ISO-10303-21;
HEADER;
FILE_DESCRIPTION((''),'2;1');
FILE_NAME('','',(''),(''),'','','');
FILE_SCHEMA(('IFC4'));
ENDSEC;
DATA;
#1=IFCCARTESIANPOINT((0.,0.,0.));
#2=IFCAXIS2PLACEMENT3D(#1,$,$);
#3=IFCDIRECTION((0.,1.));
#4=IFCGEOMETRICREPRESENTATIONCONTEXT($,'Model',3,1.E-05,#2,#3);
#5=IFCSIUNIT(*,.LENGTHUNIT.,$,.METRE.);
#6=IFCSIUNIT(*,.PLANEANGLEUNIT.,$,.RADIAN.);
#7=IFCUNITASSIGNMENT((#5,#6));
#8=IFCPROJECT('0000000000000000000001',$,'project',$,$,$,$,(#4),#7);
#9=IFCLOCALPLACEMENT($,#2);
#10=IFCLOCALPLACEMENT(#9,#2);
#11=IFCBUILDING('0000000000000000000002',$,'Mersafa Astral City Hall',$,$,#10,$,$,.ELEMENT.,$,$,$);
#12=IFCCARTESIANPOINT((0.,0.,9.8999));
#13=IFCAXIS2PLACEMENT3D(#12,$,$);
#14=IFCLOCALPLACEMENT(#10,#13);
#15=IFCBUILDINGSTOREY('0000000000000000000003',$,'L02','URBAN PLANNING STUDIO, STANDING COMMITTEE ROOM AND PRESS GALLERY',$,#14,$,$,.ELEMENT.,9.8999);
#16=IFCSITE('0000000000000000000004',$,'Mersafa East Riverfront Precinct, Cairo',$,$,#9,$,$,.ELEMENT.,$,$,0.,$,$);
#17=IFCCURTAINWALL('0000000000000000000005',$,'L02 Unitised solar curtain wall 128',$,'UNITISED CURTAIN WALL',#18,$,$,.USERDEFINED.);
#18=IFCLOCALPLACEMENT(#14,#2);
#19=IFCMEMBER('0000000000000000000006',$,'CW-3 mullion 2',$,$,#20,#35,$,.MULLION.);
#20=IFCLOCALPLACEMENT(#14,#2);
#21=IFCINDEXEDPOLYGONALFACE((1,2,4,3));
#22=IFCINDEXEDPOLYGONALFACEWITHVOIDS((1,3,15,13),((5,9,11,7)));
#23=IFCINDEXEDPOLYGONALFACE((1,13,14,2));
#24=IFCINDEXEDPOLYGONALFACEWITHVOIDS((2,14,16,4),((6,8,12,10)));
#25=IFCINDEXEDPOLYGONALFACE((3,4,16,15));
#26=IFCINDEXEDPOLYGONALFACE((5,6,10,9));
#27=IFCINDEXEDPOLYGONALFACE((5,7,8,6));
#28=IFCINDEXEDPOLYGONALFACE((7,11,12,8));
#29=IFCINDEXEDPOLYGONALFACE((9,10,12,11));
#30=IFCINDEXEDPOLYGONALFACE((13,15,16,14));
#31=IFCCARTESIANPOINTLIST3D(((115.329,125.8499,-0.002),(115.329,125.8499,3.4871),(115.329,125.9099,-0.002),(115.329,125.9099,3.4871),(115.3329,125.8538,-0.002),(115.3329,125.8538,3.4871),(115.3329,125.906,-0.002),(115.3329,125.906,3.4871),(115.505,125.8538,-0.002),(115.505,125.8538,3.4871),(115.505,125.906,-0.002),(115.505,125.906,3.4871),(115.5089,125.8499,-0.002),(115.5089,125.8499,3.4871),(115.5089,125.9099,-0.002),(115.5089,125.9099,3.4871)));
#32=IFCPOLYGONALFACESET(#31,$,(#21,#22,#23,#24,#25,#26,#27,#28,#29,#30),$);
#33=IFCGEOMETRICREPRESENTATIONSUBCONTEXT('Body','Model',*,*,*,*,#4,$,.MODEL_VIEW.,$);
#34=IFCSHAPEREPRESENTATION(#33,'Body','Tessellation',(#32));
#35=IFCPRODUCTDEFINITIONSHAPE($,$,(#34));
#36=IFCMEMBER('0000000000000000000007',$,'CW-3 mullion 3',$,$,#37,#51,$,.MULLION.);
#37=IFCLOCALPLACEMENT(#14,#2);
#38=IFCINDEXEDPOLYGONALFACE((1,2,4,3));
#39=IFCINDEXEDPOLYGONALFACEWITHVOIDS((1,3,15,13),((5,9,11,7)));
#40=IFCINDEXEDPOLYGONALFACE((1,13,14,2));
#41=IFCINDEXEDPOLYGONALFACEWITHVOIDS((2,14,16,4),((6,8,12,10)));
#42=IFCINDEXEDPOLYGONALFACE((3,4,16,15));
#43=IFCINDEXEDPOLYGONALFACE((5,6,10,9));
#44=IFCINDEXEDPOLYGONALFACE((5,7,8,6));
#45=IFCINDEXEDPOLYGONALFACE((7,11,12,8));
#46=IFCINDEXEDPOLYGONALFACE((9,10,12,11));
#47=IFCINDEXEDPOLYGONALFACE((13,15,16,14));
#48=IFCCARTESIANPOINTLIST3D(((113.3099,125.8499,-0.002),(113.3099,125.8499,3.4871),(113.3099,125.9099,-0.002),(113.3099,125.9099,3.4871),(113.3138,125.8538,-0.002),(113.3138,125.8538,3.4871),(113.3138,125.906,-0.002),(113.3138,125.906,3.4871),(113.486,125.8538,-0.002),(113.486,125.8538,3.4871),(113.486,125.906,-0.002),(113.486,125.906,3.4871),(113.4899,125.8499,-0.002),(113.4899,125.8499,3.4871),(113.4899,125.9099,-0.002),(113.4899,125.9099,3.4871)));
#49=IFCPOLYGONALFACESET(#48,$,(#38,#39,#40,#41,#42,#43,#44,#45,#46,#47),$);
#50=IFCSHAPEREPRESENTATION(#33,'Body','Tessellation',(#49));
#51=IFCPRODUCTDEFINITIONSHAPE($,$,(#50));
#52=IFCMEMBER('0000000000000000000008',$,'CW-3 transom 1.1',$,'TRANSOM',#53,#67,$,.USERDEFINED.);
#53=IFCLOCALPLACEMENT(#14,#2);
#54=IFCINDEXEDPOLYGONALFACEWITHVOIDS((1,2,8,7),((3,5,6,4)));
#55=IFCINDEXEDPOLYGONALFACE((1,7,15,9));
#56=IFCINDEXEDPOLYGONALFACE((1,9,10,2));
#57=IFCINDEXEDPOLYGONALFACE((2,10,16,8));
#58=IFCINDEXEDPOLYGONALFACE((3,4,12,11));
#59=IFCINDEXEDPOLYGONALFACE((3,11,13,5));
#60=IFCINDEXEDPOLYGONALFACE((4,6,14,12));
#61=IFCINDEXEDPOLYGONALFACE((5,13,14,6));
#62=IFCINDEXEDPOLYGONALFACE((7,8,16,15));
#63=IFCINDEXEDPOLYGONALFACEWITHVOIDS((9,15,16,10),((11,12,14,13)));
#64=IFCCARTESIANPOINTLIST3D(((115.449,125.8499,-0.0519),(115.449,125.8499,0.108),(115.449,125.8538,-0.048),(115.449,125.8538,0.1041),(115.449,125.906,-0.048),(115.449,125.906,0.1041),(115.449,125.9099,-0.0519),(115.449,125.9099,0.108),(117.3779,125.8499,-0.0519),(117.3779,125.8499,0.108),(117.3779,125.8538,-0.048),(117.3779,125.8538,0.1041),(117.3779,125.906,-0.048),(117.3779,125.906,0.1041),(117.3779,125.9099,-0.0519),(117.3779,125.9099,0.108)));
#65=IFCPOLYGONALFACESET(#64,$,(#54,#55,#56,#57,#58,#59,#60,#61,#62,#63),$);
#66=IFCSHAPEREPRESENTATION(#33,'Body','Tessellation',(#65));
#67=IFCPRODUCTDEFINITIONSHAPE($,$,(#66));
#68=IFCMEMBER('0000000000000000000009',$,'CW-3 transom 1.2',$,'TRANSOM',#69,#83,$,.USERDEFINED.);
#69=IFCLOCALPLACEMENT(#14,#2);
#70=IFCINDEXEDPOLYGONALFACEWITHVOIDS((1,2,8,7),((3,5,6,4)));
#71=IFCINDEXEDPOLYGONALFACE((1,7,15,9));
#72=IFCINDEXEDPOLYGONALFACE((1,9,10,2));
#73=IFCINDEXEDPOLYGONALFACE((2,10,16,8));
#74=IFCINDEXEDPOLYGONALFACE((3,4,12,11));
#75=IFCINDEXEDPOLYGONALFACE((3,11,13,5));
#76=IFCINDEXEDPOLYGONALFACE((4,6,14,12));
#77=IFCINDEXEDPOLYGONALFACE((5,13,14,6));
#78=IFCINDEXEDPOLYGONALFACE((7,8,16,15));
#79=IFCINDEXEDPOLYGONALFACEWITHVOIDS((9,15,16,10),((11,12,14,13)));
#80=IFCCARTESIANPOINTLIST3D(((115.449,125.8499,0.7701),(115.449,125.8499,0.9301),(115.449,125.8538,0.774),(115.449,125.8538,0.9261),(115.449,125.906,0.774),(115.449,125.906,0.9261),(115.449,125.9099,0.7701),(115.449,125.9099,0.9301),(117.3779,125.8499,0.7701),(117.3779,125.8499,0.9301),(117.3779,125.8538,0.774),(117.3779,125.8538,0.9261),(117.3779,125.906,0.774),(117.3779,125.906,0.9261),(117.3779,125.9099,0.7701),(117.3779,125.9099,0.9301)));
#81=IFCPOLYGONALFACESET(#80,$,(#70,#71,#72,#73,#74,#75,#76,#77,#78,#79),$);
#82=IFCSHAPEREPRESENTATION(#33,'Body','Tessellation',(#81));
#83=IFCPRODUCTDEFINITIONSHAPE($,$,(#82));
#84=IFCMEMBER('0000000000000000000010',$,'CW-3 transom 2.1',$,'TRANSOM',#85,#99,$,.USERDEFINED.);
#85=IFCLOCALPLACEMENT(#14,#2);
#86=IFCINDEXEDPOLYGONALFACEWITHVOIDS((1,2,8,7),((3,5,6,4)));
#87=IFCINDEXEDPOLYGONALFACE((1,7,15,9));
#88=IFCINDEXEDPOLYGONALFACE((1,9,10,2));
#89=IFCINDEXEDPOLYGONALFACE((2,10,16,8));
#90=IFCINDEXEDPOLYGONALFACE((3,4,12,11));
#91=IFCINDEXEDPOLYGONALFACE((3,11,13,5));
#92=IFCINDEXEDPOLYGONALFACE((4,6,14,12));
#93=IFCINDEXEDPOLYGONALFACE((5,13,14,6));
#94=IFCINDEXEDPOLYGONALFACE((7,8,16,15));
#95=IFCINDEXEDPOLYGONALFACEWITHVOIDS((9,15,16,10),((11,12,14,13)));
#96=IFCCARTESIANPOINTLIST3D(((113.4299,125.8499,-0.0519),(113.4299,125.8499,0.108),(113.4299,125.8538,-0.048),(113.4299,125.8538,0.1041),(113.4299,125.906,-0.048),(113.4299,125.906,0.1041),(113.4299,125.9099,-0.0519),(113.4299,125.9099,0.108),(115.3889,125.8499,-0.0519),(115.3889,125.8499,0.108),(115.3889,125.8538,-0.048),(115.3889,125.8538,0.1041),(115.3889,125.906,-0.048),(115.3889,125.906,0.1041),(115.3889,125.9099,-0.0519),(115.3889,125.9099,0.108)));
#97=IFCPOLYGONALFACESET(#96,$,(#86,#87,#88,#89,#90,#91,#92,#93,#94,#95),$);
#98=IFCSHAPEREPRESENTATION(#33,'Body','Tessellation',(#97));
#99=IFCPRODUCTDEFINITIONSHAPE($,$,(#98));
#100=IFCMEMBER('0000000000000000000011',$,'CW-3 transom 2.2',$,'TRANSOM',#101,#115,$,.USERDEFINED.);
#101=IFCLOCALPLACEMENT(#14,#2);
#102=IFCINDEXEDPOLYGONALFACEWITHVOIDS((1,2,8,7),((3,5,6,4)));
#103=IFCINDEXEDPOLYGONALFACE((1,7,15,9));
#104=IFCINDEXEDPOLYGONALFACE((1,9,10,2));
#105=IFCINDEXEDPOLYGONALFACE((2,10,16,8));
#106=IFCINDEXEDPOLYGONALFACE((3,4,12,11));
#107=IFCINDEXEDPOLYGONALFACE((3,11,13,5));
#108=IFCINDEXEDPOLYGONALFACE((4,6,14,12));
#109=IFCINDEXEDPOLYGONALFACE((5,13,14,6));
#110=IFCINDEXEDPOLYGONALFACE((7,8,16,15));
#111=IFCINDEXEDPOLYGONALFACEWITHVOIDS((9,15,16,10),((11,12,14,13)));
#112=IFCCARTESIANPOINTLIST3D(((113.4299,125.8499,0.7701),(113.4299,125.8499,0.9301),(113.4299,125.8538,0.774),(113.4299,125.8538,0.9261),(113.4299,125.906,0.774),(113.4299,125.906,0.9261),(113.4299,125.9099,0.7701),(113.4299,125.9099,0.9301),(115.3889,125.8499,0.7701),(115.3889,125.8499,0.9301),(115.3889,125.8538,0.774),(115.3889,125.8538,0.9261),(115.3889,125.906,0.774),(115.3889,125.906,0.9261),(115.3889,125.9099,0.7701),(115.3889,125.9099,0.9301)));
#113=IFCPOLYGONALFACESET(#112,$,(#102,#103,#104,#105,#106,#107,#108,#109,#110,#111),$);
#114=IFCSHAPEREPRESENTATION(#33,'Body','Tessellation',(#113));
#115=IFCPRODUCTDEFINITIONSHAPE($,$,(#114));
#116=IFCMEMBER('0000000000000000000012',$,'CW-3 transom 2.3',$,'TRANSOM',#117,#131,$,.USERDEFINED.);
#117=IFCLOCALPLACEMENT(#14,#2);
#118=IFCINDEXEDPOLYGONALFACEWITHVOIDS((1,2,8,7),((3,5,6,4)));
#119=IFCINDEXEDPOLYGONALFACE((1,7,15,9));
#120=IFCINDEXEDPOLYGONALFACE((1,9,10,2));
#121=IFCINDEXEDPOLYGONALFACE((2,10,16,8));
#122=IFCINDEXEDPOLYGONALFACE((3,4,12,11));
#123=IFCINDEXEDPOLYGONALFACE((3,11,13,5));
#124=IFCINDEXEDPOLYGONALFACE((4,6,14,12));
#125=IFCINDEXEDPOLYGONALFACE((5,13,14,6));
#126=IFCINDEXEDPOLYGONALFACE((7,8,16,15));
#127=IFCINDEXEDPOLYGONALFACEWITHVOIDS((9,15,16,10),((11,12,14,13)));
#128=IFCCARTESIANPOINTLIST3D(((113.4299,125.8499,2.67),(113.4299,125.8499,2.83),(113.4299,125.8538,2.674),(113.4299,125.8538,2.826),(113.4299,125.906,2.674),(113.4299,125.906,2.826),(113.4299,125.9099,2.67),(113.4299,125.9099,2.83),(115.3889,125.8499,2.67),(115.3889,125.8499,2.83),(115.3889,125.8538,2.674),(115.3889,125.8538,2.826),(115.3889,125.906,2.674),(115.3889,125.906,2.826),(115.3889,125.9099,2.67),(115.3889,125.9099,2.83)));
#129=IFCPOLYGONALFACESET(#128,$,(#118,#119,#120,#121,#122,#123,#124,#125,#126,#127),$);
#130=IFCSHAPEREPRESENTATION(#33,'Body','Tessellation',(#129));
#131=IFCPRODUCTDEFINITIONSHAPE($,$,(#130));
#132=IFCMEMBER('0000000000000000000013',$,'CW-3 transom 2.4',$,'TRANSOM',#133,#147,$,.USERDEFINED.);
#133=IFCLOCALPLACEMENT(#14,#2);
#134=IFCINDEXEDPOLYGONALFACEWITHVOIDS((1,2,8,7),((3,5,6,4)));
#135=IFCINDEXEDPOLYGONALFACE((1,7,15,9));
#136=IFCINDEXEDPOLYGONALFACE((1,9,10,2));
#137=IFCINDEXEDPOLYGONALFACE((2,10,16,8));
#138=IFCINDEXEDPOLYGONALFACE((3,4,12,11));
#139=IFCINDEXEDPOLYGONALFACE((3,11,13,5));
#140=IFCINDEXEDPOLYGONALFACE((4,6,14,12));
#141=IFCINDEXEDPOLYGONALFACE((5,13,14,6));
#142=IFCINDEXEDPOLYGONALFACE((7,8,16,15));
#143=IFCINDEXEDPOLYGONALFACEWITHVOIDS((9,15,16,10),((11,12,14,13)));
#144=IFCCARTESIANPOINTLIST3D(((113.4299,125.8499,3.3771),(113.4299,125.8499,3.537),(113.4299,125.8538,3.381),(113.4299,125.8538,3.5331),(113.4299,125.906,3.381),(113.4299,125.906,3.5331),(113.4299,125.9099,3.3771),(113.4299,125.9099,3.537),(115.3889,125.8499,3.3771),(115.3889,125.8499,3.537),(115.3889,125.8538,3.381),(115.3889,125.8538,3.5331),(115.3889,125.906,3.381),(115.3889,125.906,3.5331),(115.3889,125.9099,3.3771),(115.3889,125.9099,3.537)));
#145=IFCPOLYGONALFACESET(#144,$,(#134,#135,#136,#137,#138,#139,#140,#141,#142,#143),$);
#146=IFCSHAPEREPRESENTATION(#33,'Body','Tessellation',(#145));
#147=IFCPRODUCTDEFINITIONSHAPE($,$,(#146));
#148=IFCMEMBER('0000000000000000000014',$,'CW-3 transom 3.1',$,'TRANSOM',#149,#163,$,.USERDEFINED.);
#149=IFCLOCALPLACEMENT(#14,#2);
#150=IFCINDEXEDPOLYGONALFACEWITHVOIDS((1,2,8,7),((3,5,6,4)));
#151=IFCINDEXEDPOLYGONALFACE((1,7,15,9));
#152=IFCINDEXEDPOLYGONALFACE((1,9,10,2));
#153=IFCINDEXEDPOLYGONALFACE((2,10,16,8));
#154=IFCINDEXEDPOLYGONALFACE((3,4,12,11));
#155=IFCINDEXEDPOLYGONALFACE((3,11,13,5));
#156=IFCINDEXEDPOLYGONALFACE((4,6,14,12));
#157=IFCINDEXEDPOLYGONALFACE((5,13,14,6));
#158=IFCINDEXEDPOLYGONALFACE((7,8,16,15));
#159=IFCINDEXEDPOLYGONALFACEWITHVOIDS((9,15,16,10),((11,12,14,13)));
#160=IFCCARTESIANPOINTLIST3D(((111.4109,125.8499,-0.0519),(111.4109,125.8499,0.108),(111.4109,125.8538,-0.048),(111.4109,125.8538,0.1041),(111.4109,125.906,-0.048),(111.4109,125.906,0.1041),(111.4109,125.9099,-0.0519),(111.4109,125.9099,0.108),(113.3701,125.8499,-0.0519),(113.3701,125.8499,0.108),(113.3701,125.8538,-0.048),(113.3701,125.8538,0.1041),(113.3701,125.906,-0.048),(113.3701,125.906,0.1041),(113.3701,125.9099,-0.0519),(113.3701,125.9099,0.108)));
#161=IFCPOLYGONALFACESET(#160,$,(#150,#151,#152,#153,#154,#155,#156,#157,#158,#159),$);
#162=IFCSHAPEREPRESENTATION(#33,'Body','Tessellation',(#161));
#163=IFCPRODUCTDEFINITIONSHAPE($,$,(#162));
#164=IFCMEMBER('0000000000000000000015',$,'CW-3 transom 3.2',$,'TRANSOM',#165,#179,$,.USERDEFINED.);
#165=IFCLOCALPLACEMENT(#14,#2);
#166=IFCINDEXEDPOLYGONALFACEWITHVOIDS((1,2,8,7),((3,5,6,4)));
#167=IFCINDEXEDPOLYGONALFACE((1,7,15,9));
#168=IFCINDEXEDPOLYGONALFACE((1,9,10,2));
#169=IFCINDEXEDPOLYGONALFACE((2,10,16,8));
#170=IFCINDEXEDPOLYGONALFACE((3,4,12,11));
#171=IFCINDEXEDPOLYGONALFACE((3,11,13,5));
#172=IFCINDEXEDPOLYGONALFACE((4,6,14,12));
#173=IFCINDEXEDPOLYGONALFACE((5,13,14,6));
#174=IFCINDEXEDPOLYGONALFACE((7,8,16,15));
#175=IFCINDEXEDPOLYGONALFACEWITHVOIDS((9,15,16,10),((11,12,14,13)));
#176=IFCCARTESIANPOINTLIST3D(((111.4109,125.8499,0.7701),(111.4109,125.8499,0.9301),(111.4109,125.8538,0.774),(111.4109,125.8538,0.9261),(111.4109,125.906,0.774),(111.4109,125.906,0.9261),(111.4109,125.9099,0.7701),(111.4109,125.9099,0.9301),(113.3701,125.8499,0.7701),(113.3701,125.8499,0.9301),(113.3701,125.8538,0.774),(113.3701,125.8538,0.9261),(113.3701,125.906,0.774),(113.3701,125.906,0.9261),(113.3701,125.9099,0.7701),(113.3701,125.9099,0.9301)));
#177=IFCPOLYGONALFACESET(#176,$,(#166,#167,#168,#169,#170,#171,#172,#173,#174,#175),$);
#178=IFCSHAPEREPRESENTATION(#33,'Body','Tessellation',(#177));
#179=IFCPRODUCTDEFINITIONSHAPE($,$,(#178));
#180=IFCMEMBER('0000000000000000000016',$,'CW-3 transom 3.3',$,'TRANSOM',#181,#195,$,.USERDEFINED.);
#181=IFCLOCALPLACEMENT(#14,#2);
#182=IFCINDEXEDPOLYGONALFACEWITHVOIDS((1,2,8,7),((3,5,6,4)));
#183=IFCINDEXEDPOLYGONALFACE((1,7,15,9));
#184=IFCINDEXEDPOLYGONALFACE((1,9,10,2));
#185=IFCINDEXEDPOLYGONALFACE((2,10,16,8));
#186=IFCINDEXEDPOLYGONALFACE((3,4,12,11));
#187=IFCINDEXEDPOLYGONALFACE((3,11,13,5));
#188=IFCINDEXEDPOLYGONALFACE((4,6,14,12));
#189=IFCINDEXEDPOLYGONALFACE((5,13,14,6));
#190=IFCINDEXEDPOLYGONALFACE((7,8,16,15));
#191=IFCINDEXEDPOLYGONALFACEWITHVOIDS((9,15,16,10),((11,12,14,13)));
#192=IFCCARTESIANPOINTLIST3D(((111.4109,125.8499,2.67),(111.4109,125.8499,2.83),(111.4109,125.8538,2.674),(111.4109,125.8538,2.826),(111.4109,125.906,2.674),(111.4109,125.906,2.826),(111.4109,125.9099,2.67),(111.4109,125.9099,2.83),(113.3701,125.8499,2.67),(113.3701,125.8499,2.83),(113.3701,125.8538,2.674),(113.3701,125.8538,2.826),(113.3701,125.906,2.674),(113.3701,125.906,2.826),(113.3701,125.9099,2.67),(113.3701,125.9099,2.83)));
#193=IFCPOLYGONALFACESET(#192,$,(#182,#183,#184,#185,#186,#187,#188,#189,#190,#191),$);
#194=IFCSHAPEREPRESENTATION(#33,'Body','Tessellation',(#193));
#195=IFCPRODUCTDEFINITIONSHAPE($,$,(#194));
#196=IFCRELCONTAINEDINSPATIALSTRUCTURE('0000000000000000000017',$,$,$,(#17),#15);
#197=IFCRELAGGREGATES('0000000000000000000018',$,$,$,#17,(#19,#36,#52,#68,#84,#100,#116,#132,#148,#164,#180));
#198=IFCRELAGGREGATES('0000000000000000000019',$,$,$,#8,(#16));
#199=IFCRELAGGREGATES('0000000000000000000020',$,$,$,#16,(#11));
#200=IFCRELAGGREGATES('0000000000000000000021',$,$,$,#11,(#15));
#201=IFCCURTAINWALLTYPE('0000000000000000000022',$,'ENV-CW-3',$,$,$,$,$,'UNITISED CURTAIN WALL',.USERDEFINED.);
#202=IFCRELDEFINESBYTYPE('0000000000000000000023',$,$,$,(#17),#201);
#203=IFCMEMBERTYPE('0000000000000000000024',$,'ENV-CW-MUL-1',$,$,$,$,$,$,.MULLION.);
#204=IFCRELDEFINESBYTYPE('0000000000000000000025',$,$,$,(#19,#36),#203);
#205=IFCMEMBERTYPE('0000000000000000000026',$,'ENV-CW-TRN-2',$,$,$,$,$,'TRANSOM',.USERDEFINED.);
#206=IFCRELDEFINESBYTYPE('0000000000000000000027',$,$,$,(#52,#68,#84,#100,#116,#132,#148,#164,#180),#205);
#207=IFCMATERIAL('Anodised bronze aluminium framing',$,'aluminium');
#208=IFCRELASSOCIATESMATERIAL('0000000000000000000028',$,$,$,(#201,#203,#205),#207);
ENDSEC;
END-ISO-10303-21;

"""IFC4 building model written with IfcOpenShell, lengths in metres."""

from ifc_helpers import new_model, si_unit, direction, frame, origin, origin_2d, place, context, subcontext, project, spatial, hollow_rectangle, extrude, material, material_profile, profile_set, type_object, element, aggregate, save


model = new_model("IFC4")

# Units and contexts
model_context = context("Model", 3, precision=1e-05, world=origin(), true_north=direction((0.0, 1.0)))
body_context = subcontext(model_context, "Body", "Model", "MODEL_VIEW")
ifc_project = project(units=[si_unit("LENGTHUNIT", "METRE"), si_unit("PLANEANGLEUNIT", "RADIAN")], contexts=[model_context])

# Site, building, storey
site_placement = place(None, origin())
site = spatial("IfcSite", under=ifc_project, at=site_placement, Name="Mersafa East Riverfront Precinct, Cairo", CompositionType="ELEMENT", RefElevation=0.0)
building_placement = place(site_placement, origin())
building = spatial("IfcBuilding", under=site, at=building_placement, Name="Mersafa Astral City Hall", CompositionType="ELEMENT")
storey_placement = place(building_placement, frame((0.0, 0.0, 9.8999)))
storey = spatial("IfcBuildingStorey", under=building, at=storey_placement, Name="L02", Description="URBAN PLANNING STUDIO, STANDING COMMITTEE ROOM AND PRESS GALLERY", CompositionType="ELEMENT", Elevation=9.8999)

# Curtain wall, members
ifc_material_1 = material(Name="Anodised bronze aluminium framing", Category="aluminium")
curtain_wall_type = type_object("IfcCurtainWallType", Name="ENV-CW-3", ElementType="UNITISED CURTAIN WALL", PredefinedType="USERDEFINED", material=ifc_material_1)
curtain_wall_placement = place(storey_placement, origin())
curtain_wall = element("IfcCurtainWall", 1, at=curtain_wall_placement, inside=storey, type_object=curtain_wall_type, Name="L02 Unitised solar curtain wall 128", ObjectType="UNITISED CURTAIN WALL", PredefinedType="USERDEFINED")
ifc_material_profile_1 = material_profile(ifc_material_1, hollow_rectangle(XDim=0.0601, YDim=0.1799, WallThickness=0.0039, at=origin_2d()), Name="RHS 60x180x4")
ifc_profile_set_1 = profile_set([ifc_material_profile_1], Name="Anodised bronze aluminium framing")
member_type_1 = type_object("IfcMemberType", Name="ENV-CW-MUL-1", PredefinedType="MULLION", material=ifc_profile_set_1)
member_1_placement = place(storey_placement, frame((115.4189, 125.8799, -0.002), z_axis=(0.0, 0.0, 1.0), x_axis=(0.0, -1.0, 0.0)))
member_1 = element("IfcMember", 2, at=member_1_placement, type_object=member_type_1, Name="CW-3 mullion 2", PredefinedType="MULLION", context=body_context, shape_type="SweptSolid", body=[
    extrude(hollow_rectangle(XDim=0.0601, YDim=0.1799, WallThickness=0.0039, at=origin_2d()), origin(), (0.0, 0.0, 1.0), 3.489),
])
member_2_placement = place(storey_placement, frame((113.3999, 125.8799, -0.002), z_axis=(0.0, 0.0, 1.0), x_axis=(0.0, -1.0, 0.0)))
member_2 = element("IfcMember", 3, at=member_2_placement, type_object=member_type_1, Name="CW-3 mullion 3", PredefinedType="MULLION", context=body_context, shape_type="SweptSolid", body=[
    extrude(hollow_rectangle(XDim=0.0601, YDim=0.1799, WallThickness=0.0039, at=origin_2d()), origin(), (0.0, 0.0, 1.0), 3.489),
])
ifc_material_profile_2 = material_profile(ifc_material_1, hollow_rectangle(XDim=0.0601, YDim=0.1599, WallThickness=0.0039, at=origin_2d()), Name="RHS 60x160x4")
ifc_profile_set_2 = profile_set([ifc_material_profile_2], Name="Anodised bronze aluminium framing")
member_type_2 = type_object("IfcMemberType", Name="ENV-CW-TRN-2", ElementType="TRANSOM", PredefinedType="USERDEFINED", material=ifc_profile_set_2)
member_3_placement = place(storey_placement, frame((117.3779, 125.8799, 0.0281), z_axis=(-1.0, 0.0, 0.0), x_axis=(0.0, -1.0, 0.0)))
member_3 = element("IfcMember", 4, at=member_3_placement, type_object=member_type_2, Name="CW-3 transom 1.1", ObjectType="TRANSOM", PredefinedType="USERDEFINED", context=body_context, shape_type="SweptSolid", body=[
    extrude(hollow_rectangle(XDim=0.0601, YDim=0.1599, WallThickness=0.0039, at=origin_2d()), origin(), (0.0, 0.0, 1.0), 1.929),
])
member_4_placement = place(storey_placement, frame((117.3779, 125.8799, 0.8501), z_axis=(-1.0, 0.0, 0.0), x_axis=(0.0, -1.0, 0.0)))
member_4 = element("IfcMember", 5, at=member_4_placement, type_object=member_type_2, Name="CW-3 transom 1.2", ObjectType="TRANSOM", PredefinedType="USERDEFINED", context=body_context, shape_type="SweptSolid", body=[
    extrude(hollow_rectangle(XDim=0.0601, YDim=0.1599, WallThickness=0.0039, at=origin_2d()), origin(), (0.0, 0.0, 1.0), 1.929),
])
member_5_placement = place(storey_placement, frame((115.3889, 125.8799, 0.0281), z_axis=(-1.0, 0.0, 0.0), x_axis=(0.0, -1.0, 0.0)))
member_5 = element("IfcMember", 6, at=member_5_placement, type_object=member_type_2, Name="CW-3 transom 2.1", ObjectType="TRANSOM", PredefinedType="USERDEFINED", context=body_context, shape_type="SweptSolid", body=[
    extrude(hollow_rectangle(XDim=0.0601, YDim=0.1599, WallThickness=0.0039, at=origin_2d()), origin(), (0.0, 0.0, 1.0), 1.959),
])
member_6_placement = place(storey_placement, frame((115.3889, 125.8799, 0.8501), z_axis=(-1.0, 0.0, 0.0), x_axis=(0.0, -1.0, 0.0)))
member_6 = element("IfcMember", 7, at=member_6_placement, type_object=member_type_2, Name="CW-3 transom 2.2", ObjectType="TRANSOM", PredefinedType="USERDEFINED", context=body_context, shape_type="SweptSolid", body=[
    extrude(hollow_rectangle(XDim=0.0601, YDim=0.1599, WallThickness=0.0039, at=origin_2d()), origin(), (0.0, 0.0, 1.0), 1.959),
])
member_7_placement = place(storey_placement, frame((115.3889, 125.8799, 2.75), z_axis=(-1.0, 0.0, 0.0), x_axis=(0.0, -1.0, 0.0)))
member_7 = element("IfcMember", 8, at=member_7_placement, type_object=member_type_2, Name="CW-3 transom 2.3", ObjectType="TRANSOM", PredefinedType="USERDEFINED", context=body_context, shape_type="SweptSolid", body=[
    extrude(hollow_rectangle(XDim=0.0601, YDim=0.1599, WallThickness=0.0039, at=origin_2d()), origin(), (0.0, 0.0, 1.0), 1.959),
])
member_8_placement = place(storey_placement, frame((115.3889, 125.8799, 3.457), z_axis=(-1.0, 0.0, 0.0), x_axis=(0.0, -1.0, 0.0)))
member_8 = element("IfcMember", 9, at=member_8_placement, type_object=member_type_2, Name="CW-3 transom 2.4", ObjectType="TRANSOM", PredefinedType="USERDEFINED", context=body_context, shape_type="SweptSolid", body=[
    extrude(hollow_rectangle(XDim=0.0601, YDim=0.1599, WallThickness=0.0039, at=origin_2d()), origin(), (0.0, 0.0, 1.0), 1.959),
])
member_9_placement = place(storey_placement, frame((113.3701, 125.8799, 0.0281), z_axis=(-1.0, 0.0, 0.0), x_axis=(0.0, -1.0, 0.0)))
member_9 = element("IfcMember", 10, at=member_9_placement, type_object=member_type_2, Name="CW-3 transom 3.1", ObjectType="TRANSOM", PredefinedType="USERDEFINED", context=body_context, shape_type="SweptSolid", body=[
    extrude(hollow_rectangle(XDim=0.0601, YDim=0.1599, WallThickness=0.0039, at=origin_2d()), origin(), (0.0, 0.0, 1.0), 1.9592),
])
member_10_placement = place(storey_placement, frame((113.3701, 125.8799, 0.8501), z_axis=(-1.0, 0.0, 0.0), x_axis=(0.0, -1.0, 0.0)))
member_10 = element("IfcMember", 11, at=member_10_placement, type_object=member_type_2, Name="CW-3 transom 3.2", ObjectType="TRANSOM", PredefinedType="USERDEFINED", context=body_context, shape_type="SweptSolid", body=[
    extrude(hollow_rectangle(XDim=0.0601, YDim=0.1599, WallThickness=0.0039, at=origin_2d()), origin(), (0.0, 0.0, 1.0), 1.9592),
])
member_11_placement = place(storey_placement, frame((113.3701, 125.8799, 2.75), z_axis=(-1.0, 0.0, 0.0), x_axis=(0.0, -1.0, 0.0)))
member_11 = element("IfcMember", 12, at=member_11_placement, type_object=member_type_2, Name="CW-3 transom 3.3", ObjectType="TRANSOM", PredefinedType="USERDEFINED", context=body_context, shape_type="SweptSolid", body=[
    extrude(hollow_rectangle(XDim=0.0601, YDim=0.1599, WallThickness=0.0039, at=origin_2d()), origin(), (0.0, 0.0, 1.0), 1.9592),
])

aggregate(curtain_wall, [member_1, member_2, member_3, member_4, member_5, member_6, member_7, member_8, member_9, member_10, member_11])

save(model, "model.ifc")
